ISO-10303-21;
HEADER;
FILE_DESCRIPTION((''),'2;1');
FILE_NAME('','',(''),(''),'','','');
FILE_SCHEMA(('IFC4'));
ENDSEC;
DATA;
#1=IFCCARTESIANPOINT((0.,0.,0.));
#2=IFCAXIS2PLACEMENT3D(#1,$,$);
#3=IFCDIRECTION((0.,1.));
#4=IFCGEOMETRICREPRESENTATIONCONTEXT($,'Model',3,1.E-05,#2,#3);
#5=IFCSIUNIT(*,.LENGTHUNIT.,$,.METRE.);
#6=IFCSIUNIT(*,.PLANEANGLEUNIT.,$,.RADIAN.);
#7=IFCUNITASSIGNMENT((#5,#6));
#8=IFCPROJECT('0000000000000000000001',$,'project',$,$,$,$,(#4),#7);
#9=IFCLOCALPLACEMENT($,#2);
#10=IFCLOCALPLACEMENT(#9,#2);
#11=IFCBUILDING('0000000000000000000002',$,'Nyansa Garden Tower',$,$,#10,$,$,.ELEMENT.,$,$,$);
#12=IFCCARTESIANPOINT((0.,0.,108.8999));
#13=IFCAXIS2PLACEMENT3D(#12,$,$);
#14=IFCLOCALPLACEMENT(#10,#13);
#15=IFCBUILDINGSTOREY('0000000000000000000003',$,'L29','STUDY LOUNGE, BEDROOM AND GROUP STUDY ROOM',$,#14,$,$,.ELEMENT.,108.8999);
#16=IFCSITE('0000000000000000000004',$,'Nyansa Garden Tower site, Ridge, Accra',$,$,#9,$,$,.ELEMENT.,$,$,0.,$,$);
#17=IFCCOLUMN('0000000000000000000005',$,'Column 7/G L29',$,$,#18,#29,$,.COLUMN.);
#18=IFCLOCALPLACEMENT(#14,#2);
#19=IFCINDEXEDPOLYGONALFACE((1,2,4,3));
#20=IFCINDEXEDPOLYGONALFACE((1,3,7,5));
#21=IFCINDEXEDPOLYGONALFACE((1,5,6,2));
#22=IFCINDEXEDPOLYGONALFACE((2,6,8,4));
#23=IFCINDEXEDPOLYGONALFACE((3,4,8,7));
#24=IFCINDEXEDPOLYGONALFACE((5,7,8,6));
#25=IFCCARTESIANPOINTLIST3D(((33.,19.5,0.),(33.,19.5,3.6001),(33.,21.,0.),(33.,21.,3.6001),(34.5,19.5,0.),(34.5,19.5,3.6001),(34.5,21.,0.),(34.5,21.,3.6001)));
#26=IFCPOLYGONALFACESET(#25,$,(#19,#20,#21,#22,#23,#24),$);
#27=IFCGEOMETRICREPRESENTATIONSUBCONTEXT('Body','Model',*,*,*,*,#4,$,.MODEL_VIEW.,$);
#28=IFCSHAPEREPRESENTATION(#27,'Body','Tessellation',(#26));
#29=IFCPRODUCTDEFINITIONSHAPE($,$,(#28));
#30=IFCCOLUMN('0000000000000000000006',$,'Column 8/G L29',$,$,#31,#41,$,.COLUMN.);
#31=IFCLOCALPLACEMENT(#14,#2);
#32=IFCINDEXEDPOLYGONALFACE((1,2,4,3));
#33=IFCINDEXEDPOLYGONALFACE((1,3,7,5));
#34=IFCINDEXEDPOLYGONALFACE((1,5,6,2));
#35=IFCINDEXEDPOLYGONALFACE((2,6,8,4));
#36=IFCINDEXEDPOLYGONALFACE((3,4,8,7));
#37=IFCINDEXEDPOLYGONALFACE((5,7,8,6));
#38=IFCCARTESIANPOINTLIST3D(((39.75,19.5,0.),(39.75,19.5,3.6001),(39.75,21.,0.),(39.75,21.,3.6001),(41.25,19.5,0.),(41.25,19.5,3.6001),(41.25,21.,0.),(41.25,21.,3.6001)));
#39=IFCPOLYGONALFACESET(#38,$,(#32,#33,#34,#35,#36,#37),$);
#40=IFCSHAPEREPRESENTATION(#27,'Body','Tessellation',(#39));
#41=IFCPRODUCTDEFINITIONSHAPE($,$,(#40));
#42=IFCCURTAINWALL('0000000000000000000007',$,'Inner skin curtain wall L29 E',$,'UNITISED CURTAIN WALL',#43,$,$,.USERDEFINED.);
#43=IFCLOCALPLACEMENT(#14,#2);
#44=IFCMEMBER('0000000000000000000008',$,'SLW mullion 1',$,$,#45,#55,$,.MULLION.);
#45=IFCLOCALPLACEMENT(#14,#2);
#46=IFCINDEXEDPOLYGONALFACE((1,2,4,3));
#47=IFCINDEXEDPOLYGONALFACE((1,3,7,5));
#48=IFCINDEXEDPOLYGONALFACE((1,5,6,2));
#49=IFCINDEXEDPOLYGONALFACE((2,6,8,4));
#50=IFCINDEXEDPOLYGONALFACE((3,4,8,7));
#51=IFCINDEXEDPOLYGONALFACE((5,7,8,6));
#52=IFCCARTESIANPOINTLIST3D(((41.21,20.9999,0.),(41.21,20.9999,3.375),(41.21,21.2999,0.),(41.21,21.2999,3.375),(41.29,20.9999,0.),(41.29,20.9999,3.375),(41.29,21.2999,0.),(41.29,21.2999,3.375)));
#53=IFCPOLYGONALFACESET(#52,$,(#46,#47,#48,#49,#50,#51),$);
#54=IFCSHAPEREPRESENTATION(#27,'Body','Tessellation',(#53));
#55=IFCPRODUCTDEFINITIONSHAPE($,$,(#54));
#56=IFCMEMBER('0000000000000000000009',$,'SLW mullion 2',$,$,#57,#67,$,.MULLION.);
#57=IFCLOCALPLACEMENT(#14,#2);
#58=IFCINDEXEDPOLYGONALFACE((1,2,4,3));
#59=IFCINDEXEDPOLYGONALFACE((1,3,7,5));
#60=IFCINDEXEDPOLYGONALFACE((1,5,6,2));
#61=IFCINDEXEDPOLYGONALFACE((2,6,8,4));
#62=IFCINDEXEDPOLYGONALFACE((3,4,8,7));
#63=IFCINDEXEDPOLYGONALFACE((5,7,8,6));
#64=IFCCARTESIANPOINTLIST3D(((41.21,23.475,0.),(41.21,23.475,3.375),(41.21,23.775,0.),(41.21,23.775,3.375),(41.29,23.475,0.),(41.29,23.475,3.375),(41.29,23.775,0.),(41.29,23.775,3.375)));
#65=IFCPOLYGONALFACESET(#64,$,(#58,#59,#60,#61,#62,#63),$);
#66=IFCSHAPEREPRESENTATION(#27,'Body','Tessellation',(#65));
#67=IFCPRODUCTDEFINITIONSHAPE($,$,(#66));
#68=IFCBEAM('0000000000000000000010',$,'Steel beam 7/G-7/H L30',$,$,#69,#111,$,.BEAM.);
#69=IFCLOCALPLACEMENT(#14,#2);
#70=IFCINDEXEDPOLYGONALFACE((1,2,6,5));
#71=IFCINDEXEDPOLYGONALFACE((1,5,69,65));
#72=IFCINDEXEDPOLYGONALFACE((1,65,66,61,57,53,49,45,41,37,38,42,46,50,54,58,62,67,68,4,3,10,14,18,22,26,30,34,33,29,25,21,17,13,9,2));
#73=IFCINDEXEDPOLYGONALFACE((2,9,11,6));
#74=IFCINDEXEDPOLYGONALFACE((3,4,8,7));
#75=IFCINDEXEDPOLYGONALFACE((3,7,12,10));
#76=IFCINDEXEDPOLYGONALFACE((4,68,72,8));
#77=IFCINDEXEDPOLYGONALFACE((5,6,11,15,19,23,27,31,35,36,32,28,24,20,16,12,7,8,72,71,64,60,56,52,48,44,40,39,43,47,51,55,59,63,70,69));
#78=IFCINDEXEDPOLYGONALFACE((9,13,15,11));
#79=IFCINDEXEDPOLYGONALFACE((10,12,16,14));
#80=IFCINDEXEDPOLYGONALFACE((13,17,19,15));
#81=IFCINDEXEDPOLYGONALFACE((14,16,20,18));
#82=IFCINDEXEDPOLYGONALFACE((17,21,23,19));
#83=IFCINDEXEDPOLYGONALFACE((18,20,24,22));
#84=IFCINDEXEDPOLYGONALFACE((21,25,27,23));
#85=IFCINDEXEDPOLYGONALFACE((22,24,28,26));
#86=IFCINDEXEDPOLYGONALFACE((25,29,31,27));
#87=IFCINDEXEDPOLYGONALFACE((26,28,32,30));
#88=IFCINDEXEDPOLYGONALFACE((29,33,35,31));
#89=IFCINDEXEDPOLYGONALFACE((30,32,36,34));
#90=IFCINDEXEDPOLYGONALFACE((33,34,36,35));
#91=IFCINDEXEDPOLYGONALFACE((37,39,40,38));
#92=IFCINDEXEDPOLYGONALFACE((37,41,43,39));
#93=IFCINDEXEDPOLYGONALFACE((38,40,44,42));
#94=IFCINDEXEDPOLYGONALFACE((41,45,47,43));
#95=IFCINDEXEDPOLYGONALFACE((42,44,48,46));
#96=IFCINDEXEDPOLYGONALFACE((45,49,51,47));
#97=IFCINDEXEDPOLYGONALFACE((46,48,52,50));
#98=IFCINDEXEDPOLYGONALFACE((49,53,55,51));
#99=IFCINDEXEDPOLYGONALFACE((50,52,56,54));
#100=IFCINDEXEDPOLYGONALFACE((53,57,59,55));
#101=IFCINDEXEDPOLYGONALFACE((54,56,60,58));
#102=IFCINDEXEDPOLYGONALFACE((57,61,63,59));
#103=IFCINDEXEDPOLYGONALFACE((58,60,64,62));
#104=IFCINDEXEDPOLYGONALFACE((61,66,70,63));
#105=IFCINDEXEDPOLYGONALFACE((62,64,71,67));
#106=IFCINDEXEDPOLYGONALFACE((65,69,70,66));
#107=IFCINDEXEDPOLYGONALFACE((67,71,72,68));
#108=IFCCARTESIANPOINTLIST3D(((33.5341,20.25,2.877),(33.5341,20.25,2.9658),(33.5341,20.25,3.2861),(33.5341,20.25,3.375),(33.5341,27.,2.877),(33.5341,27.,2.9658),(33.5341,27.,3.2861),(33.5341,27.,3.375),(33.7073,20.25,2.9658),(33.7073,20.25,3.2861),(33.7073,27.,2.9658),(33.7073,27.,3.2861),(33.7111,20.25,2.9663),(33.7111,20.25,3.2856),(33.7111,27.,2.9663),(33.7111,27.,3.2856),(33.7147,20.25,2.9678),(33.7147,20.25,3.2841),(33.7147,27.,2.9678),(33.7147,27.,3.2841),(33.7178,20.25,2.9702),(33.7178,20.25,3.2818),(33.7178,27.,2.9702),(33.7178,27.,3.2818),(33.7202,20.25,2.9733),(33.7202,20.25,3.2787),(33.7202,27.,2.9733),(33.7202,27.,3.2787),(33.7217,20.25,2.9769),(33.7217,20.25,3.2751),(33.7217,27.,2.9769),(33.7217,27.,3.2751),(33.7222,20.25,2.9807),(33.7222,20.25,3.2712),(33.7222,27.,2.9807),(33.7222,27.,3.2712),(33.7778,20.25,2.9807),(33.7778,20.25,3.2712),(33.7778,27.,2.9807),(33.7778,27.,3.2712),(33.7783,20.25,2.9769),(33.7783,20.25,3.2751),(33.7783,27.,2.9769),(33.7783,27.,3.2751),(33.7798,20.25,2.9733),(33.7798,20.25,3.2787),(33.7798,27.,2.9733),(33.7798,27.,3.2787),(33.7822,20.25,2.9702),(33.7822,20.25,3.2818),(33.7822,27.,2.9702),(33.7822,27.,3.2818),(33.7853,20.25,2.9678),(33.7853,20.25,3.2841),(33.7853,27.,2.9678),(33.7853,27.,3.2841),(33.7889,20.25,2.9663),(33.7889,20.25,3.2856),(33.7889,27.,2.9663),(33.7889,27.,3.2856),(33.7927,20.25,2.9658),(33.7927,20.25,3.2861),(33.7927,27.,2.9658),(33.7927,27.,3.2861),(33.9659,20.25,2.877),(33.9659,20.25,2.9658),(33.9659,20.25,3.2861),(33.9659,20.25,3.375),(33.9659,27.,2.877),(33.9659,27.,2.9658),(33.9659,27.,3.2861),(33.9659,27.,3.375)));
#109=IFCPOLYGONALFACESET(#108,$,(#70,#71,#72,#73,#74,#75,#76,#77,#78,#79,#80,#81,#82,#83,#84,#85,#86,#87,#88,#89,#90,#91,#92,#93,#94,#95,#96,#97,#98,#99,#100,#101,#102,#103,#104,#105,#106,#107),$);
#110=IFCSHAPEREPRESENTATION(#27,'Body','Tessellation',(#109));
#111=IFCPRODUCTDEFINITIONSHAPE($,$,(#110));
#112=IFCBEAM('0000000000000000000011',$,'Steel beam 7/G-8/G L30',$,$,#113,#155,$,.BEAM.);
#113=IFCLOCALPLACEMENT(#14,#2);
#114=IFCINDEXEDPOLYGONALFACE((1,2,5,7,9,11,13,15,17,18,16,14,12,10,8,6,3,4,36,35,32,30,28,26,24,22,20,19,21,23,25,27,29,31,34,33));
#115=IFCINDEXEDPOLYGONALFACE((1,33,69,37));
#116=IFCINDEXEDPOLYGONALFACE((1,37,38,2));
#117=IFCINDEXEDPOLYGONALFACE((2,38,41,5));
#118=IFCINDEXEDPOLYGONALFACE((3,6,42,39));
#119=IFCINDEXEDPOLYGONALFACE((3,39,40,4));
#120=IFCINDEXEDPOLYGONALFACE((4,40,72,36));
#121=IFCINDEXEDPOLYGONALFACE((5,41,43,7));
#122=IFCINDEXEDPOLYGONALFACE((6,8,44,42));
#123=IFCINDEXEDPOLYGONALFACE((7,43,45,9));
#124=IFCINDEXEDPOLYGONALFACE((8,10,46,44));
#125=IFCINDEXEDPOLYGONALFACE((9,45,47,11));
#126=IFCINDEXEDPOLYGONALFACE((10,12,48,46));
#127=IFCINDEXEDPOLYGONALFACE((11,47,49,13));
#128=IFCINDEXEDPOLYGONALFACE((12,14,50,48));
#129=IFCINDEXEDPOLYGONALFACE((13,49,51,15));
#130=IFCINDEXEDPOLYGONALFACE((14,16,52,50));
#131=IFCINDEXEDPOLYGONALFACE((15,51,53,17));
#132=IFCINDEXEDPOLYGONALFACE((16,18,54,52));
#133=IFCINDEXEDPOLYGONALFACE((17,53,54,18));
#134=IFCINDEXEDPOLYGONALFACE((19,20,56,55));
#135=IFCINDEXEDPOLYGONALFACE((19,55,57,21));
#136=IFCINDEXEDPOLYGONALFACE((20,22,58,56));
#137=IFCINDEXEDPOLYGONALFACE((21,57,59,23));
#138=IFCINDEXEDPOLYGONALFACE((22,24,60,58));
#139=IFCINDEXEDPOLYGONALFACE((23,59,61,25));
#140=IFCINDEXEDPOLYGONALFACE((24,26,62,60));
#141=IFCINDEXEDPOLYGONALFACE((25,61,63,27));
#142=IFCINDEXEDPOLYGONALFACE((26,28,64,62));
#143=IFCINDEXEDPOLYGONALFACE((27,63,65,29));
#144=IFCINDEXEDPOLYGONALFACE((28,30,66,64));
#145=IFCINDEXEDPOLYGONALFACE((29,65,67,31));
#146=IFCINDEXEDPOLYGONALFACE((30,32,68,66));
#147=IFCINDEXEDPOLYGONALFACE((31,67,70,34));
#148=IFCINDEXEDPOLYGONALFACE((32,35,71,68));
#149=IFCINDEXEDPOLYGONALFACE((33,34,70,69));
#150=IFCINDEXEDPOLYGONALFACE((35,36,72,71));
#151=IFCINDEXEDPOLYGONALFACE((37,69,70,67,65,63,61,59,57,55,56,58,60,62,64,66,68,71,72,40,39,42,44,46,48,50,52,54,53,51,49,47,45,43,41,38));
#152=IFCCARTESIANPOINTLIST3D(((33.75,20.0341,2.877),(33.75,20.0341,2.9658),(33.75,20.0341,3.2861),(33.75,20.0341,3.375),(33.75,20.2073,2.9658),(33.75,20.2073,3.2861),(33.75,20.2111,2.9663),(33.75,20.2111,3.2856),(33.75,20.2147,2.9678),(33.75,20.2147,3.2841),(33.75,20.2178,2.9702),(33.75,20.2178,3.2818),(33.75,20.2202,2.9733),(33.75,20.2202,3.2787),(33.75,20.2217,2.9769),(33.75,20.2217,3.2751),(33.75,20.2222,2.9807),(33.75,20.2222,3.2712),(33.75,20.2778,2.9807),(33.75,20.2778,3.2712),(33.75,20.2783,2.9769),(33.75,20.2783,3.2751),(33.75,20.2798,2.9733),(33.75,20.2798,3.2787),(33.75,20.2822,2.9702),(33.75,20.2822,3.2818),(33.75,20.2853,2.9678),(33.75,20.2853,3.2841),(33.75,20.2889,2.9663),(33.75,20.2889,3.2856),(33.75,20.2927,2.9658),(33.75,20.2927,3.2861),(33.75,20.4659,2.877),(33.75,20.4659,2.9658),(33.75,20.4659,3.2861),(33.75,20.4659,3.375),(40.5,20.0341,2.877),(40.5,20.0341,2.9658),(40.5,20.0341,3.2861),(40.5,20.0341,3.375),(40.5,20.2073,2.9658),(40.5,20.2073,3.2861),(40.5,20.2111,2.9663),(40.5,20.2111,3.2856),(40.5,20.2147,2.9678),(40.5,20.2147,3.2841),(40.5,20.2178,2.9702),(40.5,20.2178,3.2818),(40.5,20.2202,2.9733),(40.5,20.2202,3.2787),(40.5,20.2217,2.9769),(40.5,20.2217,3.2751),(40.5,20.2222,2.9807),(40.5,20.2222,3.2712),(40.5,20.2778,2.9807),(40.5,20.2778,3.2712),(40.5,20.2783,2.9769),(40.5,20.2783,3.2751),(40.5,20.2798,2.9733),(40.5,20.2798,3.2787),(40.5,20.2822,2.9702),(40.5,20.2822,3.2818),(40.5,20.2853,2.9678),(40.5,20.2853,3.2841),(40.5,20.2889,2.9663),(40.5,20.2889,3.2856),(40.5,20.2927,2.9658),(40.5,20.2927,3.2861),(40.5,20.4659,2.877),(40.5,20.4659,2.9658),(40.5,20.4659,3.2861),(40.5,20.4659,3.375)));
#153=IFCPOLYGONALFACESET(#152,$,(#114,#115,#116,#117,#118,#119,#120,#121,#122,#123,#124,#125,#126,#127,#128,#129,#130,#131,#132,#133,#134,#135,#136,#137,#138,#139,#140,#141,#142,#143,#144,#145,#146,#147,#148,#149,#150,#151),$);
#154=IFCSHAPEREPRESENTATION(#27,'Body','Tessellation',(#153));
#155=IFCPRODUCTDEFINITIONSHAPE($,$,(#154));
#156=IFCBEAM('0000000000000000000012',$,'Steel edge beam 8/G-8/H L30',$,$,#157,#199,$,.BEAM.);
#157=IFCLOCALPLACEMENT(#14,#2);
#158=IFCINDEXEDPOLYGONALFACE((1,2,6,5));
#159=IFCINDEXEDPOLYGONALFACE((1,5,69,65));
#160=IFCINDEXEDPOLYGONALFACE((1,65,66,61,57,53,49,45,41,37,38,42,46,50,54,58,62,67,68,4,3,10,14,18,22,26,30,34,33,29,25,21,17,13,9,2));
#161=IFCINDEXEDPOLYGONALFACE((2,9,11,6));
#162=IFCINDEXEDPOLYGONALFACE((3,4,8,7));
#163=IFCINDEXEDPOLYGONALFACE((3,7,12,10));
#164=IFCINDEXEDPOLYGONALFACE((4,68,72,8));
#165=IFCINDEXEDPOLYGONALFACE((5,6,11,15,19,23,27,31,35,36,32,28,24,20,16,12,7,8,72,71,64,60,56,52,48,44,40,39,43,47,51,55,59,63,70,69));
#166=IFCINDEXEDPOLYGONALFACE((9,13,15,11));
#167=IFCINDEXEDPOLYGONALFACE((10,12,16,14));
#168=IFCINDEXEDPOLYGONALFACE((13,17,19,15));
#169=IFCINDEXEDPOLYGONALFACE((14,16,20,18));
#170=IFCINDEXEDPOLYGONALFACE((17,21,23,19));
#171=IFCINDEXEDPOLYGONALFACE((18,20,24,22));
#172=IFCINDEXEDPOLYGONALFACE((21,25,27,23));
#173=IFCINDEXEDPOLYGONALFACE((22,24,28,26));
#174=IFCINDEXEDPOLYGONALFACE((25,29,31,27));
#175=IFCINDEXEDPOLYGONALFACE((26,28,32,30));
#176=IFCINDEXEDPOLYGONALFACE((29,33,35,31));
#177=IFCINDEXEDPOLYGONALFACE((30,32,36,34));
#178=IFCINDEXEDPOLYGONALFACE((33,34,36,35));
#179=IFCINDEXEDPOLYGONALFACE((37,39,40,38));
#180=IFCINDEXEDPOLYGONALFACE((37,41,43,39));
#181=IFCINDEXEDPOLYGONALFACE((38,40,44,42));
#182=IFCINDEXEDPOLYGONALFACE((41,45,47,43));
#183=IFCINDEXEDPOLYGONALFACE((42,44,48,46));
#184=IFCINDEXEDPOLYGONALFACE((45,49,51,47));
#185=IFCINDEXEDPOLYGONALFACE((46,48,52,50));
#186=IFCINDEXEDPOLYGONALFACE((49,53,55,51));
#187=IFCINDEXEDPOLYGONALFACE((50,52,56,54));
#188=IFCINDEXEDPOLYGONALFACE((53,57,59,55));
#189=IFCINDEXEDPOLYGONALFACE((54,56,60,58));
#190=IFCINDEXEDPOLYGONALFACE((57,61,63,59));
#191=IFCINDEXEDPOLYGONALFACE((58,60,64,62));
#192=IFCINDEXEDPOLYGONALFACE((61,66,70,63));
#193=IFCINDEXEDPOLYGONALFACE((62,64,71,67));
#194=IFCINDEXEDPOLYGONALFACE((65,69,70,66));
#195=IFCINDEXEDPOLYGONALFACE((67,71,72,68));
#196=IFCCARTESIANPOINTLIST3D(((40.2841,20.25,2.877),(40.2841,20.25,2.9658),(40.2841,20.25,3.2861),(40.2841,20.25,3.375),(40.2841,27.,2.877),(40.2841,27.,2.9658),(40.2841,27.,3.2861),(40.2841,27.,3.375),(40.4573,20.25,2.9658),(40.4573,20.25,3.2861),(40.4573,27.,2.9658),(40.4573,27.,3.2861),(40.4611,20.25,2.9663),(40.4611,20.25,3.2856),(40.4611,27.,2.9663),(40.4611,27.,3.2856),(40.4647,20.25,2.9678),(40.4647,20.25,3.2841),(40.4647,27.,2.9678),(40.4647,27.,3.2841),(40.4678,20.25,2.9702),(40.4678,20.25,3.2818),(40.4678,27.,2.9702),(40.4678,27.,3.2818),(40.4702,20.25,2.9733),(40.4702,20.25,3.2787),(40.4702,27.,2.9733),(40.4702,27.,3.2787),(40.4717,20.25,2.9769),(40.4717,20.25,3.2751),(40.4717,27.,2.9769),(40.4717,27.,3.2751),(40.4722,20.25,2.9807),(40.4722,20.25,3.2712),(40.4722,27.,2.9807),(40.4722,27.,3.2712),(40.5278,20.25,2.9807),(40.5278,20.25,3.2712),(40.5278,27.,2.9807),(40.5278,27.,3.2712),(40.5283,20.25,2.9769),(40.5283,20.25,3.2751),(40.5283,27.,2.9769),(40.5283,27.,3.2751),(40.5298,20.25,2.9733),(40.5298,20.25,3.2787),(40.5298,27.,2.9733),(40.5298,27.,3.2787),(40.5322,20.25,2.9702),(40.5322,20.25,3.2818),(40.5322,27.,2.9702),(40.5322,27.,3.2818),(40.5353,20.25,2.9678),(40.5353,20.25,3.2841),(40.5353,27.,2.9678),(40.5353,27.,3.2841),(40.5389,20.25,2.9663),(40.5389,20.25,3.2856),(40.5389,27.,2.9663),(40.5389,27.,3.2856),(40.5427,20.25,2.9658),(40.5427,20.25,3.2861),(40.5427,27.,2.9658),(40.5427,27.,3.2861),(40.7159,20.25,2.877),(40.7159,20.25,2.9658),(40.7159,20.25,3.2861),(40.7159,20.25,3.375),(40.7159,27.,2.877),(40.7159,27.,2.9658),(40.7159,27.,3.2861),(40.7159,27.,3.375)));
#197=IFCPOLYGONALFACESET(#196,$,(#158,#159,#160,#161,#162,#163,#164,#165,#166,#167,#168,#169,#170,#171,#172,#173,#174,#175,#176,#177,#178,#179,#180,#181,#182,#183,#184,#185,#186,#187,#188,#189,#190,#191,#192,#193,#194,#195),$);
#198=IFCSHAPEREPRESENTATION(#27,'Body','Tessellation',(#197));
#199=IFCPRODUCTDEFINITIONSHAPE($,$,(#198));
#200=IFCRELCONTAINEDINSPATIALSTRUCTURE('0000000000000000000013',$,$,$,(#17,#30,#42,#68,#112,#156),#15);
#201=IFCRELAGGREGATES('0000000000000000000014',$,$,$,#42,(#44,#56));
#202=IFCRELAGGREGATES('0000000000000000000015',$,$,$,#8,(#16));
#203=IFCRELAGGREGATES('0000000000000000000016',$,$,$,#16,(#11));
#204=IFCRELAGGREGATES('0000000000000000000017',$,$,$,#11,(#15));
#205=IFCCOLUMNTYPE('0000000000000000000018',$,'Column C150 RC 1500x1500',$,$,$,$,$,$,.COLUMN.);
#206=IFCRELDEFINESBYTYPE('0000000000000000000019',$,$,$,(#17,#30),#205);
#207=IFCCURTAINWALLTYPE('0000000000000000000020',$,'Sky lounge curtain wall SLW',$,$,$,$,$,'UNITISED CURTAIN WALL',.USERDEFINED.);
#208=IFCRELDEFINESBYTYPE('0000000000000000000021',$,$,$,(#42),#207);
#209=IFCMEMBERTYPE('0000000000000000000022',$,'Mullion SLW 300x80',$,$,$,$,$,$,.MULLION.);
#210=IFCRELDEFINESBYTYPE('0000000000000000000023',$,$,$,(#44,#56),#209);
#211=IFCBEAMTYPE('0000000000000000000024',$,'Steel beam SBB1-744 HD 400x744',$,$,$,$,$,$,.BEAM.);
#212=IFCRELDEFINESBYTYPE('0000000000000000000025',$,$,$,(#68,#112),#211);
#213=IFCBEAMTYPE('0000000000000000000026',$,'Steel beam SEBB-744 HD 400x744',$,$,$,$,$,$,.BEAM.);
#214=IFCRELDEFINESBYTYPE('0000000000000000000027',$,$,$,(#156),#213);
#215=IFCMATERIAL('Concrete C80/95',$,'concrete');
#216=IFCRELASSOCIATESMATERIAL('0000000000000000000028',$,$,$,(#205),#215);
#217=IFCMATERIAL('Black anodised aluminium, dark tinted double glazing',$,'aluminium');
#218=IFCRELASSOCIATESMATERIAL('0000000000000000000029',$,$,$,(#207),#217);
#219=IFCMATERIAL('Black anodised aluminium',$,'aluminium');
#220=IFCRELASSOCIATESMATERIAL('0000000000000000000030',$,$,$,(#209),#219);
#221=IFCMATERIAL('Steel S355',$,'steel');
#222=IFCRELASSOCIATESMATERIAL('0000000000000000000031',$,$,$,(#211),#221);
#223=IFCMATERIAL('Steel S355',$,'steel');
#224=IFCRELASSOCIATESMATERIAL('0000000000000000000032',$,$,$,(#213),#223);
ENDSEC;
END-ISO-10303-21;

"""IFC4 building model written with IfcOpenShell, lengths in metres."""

from ifc_helpers import new_model, si_unit, direction, frame, origin, origin_2d, place, context, subcontext, project, spatial, rectangle, i_section, extrude, material, material_profile, profile_set, type_object, element, aggregate, save


model = new_model("IFC4")

# Units and contexts
model_context = context("Model", 3, precision=1e-05, world=origin(), true_north=direction((0.0, 1.0)))
body_context = subcontext(model_context, "Body", "Model", "MODEL_VIEW")
ifc_project = project(units=[si_unit("LENGTHUNIT", "METRE"), si_unit("PLANEANGLEUNIT", "RADIAN")], contexts=[model_context])

# Site, building, storey
site_placement = place(None, origin())
site = spatial("IfcSite", under=ifc_project, at=site_placement, Name="Nyansa Garden Tower site, Ridge, Accra", CompositionType="ELEMENT", RefElevation=0.0)
building_placement = place(site_placement, origin())
building = spatial("IfcBuilding", under=site, at=building_placement, Name="Nyansa Garden Tower", CompositionType="ELEMENT")
storey_placement = place(building_placement, frame((0.0, 0.0, 108.8999)))
storey = spatial("IfcBuildingStorey", under=building, at=storey_placement, Name="L29", Description="STUDY LOUNGE, BEDROOM AND GROUP STUDY ROOM", CompositionType="ELEMENT", Elevation=108.8999)

# Columns
ifc_material_1 = material(Name="Concrete C80/95", Category="concrete")
ifc_material_profile_1 = material_profile(ifc_material_1, rectangle(XDim=1.5, YDim=1.5, at=origin_2d()), Name="RC 1500x1500")
ifc_profile_set_1 = profile_set([ifc_material_profile_1], Name="Concrete C80/95")
column_type = type_object("IfcColumnType", Name="Column C150 RC 1500x1500", PredefinedType="COLUMN", material=ifc_profile_set_1)
for number, where, z_axis, x_axis, name in (
    (1, (33.75, 20.25, 0.0), (0.0, 0.0, 1.0), (1.0, 0.0, 0.0), "Column 7/G L29"),
    (2, (40.5, 20.25, 0.0), (0.0, 0.0, 1.0), (1.0, 0.0, 0.0), "Column 8/G L29"),
):
    element("IfcColumn", number, at=place(storey_placement, frame(where, z_axis=z_axis, x_axis=x_axis)), inside=storey, type_object=column_type, Name=name, PredefinedType="COLUMN", context=body_context, shape_type="SweptSolid", body=[
        extrude(rectangle(XDim=1.5, YDim=1.5, at=origin_2d()), origin(), (0.0, 0.0, 1.0), 3.6001),
    ])

# Curtain wall, members
ifc_material_2 = material(Name="Black anodised aluminium, dark tinted double glazing", Category="aluminium")
curtain_wall_type = type_object("IfcCurtainWallType", Name="Sky lounge curtain wall SLW", ElementType="UNITISED CURTAIN WALL", PredefinedType="USERDEFINED", material=ifc_material_2)
curtain_wall_placement = place(storey_placement, origin())
curtain_wall = element("IfcCurtainWall", 3, at=curtain_wall_placement, inside=storey, type_object=curtain_wall_type, Name="Inner skin curtain wall L29 E", ObjectType="UNITISED CURTAIN WALL", PredefinedType="USERDEFINED")
ifc_material_3 = material(Name="Black anodised aluminium", Category="aluminium")
ifc_material_profile_2 = material_profile(ifc_material_3, rectangle(XDim=0.0801, YDim=0.3, at=origin_2d()), Name="Mullion 300x80")
ifc_profile_set_2 = profile_set([ifc_material_profile_2], Name="Black anodised aluminium")
member_type_1 = type_object("IfcMemberType", Name="Mullion SLW 300x80", PredefinedType="MULLION", material=ifc_profile_set_2)
member_1_placement = place(storey_placement, frame((41.25, 21.1499, 0.0), z_axis=(0.0, 0.0, 1.0), x_axis=(-1.0, 0.0, 0.0)))
member_1 = element("IfcMember", 4, at=member_1_placement, type_object=member_type_1, Name="SLW mullion 1", PredefinedType="MULLION", context=body_context, shape_type="SweptSolid", body=[
    extrude(rectangle(XDim=0.0801, YDim=0.3, at=origin_2d()), origin(), (0.0, 0.0, 1.0), 3.375),
])
member_2_placement = place(storey_placement, frame((41.25, 23.625, 0.0), z_axis=(0.0, 0.0, 1.0), x_axis=(-1.0, 0.0, 0.0)))
member_2 = element("IfcMember", 5, at=member_2_placement, type_object=member_type_1, Name="SLW mullion 2", PredefinedType="MULLION", context=body_context, shape_type="SweptSolid", body=[
    extrude(rectangle(XDim=0.0801, YDim=0.3, at=origin_2d()), origin(), (0.0, 0.0, 1.0), 3.375),
])

# Beams
ifc_material_4 = material(Name="Steel S355", Category="steel")
ifc_material_profile_3 = material_profile(ifc_material_4, i_section(OverallWidth=0.4319, OverallDepth=0.498, WebThickness=0.0557, FlangeThickness=0.0889, FilletRadius=0.0149, at=origin_2d()), Name="HD 400x744")
ifc_profile_set_3 = profile_set([ifc_material_profile_3], Name="Steel S355")
beam_type_1 = type_object("IfcBeamType", Name="Steel beam SBB1-744 HD 400x744", PredefinedType="BEAM", material=ifc_profile_set_3)
for number, where, z_axis, x_axis, name in (
    (6, (33.75, 20.25, 3.126), (0.0, 1.0, 0.0), (-1.0, 0.0, 0.0), "Steel beam 7/G-7/H L30"),
    (7, (33.75, 20.25, 3.126), (1.0, 0.0, 0.0), (0.0, 1.0, 0.0), "Steel beam 7/G-8/G L30"),
):
    element("IfcBeam", number, at=place(storey_placement, frame(where, z_axis=z_axis, x_axis=x_axis)), inside=storey, type_object=beam_type_1, Name=name, PredefinedType="BEAM", context=body_context, shape_type="SweptSolid", body=[
        extrude(i_section(OverallWidth=0.4319, OverallDepth=0.498, WebThickness=0.0557, FlangeThickness=0.0889, FilletRadius=0.0149, at=origin_2d()), origin(), (0.0, 0.0, 1.0), 6.75),
    ])
ifc_material_5 = material(Name="Steel S355", Category="steel")
ifc_material_profile_4 = material_profile(ifc_material_5, i_section(OverallWidth=0.4319, OverallDepth=0.498, WebThickness=0.0557, FlangeThickness=0.0889, FilletRadius=0.0149, at=origin_2d()), Name="HD 400x744")
ifc_profile_set_4 = profile_set([ifc_material_profile_4], Name="Steel S355")
beam_type_2 = type_object("IfcBeamType", Name="Steel beam SEBB-744 HD 400x744", PredefinedType="BEAM", material=ifc_profile_set_4)
beam_1_placement = place(storey_placement, frame((40.5, 20.25, 3.126), z_axis=(0.0, 1.0, 0.0), x_axis=(-1.0, 0.0, 0.0)))
element("IfcBeam", 8, at=beam_1_placement, inside=storey, type_object=beam_type_2, Name="Steel edge beam 8/G-8/H L30", PredefinedType="BEAM", context=body_context, shape_type="SweptSolid", body=[
    extrude(i_section(OverallWidth=0.4319, OverallDepth=0.498, WebThickness=0.0557, FlangeThickness=0.0889, FilletRadius=0.0149, at=origin_2d()), origin(), (0.0, 0.0, 1.0), 6.75),
])

aggregate(curtain_wall, [member_1, member_2])

save(model, "model.ifc")
